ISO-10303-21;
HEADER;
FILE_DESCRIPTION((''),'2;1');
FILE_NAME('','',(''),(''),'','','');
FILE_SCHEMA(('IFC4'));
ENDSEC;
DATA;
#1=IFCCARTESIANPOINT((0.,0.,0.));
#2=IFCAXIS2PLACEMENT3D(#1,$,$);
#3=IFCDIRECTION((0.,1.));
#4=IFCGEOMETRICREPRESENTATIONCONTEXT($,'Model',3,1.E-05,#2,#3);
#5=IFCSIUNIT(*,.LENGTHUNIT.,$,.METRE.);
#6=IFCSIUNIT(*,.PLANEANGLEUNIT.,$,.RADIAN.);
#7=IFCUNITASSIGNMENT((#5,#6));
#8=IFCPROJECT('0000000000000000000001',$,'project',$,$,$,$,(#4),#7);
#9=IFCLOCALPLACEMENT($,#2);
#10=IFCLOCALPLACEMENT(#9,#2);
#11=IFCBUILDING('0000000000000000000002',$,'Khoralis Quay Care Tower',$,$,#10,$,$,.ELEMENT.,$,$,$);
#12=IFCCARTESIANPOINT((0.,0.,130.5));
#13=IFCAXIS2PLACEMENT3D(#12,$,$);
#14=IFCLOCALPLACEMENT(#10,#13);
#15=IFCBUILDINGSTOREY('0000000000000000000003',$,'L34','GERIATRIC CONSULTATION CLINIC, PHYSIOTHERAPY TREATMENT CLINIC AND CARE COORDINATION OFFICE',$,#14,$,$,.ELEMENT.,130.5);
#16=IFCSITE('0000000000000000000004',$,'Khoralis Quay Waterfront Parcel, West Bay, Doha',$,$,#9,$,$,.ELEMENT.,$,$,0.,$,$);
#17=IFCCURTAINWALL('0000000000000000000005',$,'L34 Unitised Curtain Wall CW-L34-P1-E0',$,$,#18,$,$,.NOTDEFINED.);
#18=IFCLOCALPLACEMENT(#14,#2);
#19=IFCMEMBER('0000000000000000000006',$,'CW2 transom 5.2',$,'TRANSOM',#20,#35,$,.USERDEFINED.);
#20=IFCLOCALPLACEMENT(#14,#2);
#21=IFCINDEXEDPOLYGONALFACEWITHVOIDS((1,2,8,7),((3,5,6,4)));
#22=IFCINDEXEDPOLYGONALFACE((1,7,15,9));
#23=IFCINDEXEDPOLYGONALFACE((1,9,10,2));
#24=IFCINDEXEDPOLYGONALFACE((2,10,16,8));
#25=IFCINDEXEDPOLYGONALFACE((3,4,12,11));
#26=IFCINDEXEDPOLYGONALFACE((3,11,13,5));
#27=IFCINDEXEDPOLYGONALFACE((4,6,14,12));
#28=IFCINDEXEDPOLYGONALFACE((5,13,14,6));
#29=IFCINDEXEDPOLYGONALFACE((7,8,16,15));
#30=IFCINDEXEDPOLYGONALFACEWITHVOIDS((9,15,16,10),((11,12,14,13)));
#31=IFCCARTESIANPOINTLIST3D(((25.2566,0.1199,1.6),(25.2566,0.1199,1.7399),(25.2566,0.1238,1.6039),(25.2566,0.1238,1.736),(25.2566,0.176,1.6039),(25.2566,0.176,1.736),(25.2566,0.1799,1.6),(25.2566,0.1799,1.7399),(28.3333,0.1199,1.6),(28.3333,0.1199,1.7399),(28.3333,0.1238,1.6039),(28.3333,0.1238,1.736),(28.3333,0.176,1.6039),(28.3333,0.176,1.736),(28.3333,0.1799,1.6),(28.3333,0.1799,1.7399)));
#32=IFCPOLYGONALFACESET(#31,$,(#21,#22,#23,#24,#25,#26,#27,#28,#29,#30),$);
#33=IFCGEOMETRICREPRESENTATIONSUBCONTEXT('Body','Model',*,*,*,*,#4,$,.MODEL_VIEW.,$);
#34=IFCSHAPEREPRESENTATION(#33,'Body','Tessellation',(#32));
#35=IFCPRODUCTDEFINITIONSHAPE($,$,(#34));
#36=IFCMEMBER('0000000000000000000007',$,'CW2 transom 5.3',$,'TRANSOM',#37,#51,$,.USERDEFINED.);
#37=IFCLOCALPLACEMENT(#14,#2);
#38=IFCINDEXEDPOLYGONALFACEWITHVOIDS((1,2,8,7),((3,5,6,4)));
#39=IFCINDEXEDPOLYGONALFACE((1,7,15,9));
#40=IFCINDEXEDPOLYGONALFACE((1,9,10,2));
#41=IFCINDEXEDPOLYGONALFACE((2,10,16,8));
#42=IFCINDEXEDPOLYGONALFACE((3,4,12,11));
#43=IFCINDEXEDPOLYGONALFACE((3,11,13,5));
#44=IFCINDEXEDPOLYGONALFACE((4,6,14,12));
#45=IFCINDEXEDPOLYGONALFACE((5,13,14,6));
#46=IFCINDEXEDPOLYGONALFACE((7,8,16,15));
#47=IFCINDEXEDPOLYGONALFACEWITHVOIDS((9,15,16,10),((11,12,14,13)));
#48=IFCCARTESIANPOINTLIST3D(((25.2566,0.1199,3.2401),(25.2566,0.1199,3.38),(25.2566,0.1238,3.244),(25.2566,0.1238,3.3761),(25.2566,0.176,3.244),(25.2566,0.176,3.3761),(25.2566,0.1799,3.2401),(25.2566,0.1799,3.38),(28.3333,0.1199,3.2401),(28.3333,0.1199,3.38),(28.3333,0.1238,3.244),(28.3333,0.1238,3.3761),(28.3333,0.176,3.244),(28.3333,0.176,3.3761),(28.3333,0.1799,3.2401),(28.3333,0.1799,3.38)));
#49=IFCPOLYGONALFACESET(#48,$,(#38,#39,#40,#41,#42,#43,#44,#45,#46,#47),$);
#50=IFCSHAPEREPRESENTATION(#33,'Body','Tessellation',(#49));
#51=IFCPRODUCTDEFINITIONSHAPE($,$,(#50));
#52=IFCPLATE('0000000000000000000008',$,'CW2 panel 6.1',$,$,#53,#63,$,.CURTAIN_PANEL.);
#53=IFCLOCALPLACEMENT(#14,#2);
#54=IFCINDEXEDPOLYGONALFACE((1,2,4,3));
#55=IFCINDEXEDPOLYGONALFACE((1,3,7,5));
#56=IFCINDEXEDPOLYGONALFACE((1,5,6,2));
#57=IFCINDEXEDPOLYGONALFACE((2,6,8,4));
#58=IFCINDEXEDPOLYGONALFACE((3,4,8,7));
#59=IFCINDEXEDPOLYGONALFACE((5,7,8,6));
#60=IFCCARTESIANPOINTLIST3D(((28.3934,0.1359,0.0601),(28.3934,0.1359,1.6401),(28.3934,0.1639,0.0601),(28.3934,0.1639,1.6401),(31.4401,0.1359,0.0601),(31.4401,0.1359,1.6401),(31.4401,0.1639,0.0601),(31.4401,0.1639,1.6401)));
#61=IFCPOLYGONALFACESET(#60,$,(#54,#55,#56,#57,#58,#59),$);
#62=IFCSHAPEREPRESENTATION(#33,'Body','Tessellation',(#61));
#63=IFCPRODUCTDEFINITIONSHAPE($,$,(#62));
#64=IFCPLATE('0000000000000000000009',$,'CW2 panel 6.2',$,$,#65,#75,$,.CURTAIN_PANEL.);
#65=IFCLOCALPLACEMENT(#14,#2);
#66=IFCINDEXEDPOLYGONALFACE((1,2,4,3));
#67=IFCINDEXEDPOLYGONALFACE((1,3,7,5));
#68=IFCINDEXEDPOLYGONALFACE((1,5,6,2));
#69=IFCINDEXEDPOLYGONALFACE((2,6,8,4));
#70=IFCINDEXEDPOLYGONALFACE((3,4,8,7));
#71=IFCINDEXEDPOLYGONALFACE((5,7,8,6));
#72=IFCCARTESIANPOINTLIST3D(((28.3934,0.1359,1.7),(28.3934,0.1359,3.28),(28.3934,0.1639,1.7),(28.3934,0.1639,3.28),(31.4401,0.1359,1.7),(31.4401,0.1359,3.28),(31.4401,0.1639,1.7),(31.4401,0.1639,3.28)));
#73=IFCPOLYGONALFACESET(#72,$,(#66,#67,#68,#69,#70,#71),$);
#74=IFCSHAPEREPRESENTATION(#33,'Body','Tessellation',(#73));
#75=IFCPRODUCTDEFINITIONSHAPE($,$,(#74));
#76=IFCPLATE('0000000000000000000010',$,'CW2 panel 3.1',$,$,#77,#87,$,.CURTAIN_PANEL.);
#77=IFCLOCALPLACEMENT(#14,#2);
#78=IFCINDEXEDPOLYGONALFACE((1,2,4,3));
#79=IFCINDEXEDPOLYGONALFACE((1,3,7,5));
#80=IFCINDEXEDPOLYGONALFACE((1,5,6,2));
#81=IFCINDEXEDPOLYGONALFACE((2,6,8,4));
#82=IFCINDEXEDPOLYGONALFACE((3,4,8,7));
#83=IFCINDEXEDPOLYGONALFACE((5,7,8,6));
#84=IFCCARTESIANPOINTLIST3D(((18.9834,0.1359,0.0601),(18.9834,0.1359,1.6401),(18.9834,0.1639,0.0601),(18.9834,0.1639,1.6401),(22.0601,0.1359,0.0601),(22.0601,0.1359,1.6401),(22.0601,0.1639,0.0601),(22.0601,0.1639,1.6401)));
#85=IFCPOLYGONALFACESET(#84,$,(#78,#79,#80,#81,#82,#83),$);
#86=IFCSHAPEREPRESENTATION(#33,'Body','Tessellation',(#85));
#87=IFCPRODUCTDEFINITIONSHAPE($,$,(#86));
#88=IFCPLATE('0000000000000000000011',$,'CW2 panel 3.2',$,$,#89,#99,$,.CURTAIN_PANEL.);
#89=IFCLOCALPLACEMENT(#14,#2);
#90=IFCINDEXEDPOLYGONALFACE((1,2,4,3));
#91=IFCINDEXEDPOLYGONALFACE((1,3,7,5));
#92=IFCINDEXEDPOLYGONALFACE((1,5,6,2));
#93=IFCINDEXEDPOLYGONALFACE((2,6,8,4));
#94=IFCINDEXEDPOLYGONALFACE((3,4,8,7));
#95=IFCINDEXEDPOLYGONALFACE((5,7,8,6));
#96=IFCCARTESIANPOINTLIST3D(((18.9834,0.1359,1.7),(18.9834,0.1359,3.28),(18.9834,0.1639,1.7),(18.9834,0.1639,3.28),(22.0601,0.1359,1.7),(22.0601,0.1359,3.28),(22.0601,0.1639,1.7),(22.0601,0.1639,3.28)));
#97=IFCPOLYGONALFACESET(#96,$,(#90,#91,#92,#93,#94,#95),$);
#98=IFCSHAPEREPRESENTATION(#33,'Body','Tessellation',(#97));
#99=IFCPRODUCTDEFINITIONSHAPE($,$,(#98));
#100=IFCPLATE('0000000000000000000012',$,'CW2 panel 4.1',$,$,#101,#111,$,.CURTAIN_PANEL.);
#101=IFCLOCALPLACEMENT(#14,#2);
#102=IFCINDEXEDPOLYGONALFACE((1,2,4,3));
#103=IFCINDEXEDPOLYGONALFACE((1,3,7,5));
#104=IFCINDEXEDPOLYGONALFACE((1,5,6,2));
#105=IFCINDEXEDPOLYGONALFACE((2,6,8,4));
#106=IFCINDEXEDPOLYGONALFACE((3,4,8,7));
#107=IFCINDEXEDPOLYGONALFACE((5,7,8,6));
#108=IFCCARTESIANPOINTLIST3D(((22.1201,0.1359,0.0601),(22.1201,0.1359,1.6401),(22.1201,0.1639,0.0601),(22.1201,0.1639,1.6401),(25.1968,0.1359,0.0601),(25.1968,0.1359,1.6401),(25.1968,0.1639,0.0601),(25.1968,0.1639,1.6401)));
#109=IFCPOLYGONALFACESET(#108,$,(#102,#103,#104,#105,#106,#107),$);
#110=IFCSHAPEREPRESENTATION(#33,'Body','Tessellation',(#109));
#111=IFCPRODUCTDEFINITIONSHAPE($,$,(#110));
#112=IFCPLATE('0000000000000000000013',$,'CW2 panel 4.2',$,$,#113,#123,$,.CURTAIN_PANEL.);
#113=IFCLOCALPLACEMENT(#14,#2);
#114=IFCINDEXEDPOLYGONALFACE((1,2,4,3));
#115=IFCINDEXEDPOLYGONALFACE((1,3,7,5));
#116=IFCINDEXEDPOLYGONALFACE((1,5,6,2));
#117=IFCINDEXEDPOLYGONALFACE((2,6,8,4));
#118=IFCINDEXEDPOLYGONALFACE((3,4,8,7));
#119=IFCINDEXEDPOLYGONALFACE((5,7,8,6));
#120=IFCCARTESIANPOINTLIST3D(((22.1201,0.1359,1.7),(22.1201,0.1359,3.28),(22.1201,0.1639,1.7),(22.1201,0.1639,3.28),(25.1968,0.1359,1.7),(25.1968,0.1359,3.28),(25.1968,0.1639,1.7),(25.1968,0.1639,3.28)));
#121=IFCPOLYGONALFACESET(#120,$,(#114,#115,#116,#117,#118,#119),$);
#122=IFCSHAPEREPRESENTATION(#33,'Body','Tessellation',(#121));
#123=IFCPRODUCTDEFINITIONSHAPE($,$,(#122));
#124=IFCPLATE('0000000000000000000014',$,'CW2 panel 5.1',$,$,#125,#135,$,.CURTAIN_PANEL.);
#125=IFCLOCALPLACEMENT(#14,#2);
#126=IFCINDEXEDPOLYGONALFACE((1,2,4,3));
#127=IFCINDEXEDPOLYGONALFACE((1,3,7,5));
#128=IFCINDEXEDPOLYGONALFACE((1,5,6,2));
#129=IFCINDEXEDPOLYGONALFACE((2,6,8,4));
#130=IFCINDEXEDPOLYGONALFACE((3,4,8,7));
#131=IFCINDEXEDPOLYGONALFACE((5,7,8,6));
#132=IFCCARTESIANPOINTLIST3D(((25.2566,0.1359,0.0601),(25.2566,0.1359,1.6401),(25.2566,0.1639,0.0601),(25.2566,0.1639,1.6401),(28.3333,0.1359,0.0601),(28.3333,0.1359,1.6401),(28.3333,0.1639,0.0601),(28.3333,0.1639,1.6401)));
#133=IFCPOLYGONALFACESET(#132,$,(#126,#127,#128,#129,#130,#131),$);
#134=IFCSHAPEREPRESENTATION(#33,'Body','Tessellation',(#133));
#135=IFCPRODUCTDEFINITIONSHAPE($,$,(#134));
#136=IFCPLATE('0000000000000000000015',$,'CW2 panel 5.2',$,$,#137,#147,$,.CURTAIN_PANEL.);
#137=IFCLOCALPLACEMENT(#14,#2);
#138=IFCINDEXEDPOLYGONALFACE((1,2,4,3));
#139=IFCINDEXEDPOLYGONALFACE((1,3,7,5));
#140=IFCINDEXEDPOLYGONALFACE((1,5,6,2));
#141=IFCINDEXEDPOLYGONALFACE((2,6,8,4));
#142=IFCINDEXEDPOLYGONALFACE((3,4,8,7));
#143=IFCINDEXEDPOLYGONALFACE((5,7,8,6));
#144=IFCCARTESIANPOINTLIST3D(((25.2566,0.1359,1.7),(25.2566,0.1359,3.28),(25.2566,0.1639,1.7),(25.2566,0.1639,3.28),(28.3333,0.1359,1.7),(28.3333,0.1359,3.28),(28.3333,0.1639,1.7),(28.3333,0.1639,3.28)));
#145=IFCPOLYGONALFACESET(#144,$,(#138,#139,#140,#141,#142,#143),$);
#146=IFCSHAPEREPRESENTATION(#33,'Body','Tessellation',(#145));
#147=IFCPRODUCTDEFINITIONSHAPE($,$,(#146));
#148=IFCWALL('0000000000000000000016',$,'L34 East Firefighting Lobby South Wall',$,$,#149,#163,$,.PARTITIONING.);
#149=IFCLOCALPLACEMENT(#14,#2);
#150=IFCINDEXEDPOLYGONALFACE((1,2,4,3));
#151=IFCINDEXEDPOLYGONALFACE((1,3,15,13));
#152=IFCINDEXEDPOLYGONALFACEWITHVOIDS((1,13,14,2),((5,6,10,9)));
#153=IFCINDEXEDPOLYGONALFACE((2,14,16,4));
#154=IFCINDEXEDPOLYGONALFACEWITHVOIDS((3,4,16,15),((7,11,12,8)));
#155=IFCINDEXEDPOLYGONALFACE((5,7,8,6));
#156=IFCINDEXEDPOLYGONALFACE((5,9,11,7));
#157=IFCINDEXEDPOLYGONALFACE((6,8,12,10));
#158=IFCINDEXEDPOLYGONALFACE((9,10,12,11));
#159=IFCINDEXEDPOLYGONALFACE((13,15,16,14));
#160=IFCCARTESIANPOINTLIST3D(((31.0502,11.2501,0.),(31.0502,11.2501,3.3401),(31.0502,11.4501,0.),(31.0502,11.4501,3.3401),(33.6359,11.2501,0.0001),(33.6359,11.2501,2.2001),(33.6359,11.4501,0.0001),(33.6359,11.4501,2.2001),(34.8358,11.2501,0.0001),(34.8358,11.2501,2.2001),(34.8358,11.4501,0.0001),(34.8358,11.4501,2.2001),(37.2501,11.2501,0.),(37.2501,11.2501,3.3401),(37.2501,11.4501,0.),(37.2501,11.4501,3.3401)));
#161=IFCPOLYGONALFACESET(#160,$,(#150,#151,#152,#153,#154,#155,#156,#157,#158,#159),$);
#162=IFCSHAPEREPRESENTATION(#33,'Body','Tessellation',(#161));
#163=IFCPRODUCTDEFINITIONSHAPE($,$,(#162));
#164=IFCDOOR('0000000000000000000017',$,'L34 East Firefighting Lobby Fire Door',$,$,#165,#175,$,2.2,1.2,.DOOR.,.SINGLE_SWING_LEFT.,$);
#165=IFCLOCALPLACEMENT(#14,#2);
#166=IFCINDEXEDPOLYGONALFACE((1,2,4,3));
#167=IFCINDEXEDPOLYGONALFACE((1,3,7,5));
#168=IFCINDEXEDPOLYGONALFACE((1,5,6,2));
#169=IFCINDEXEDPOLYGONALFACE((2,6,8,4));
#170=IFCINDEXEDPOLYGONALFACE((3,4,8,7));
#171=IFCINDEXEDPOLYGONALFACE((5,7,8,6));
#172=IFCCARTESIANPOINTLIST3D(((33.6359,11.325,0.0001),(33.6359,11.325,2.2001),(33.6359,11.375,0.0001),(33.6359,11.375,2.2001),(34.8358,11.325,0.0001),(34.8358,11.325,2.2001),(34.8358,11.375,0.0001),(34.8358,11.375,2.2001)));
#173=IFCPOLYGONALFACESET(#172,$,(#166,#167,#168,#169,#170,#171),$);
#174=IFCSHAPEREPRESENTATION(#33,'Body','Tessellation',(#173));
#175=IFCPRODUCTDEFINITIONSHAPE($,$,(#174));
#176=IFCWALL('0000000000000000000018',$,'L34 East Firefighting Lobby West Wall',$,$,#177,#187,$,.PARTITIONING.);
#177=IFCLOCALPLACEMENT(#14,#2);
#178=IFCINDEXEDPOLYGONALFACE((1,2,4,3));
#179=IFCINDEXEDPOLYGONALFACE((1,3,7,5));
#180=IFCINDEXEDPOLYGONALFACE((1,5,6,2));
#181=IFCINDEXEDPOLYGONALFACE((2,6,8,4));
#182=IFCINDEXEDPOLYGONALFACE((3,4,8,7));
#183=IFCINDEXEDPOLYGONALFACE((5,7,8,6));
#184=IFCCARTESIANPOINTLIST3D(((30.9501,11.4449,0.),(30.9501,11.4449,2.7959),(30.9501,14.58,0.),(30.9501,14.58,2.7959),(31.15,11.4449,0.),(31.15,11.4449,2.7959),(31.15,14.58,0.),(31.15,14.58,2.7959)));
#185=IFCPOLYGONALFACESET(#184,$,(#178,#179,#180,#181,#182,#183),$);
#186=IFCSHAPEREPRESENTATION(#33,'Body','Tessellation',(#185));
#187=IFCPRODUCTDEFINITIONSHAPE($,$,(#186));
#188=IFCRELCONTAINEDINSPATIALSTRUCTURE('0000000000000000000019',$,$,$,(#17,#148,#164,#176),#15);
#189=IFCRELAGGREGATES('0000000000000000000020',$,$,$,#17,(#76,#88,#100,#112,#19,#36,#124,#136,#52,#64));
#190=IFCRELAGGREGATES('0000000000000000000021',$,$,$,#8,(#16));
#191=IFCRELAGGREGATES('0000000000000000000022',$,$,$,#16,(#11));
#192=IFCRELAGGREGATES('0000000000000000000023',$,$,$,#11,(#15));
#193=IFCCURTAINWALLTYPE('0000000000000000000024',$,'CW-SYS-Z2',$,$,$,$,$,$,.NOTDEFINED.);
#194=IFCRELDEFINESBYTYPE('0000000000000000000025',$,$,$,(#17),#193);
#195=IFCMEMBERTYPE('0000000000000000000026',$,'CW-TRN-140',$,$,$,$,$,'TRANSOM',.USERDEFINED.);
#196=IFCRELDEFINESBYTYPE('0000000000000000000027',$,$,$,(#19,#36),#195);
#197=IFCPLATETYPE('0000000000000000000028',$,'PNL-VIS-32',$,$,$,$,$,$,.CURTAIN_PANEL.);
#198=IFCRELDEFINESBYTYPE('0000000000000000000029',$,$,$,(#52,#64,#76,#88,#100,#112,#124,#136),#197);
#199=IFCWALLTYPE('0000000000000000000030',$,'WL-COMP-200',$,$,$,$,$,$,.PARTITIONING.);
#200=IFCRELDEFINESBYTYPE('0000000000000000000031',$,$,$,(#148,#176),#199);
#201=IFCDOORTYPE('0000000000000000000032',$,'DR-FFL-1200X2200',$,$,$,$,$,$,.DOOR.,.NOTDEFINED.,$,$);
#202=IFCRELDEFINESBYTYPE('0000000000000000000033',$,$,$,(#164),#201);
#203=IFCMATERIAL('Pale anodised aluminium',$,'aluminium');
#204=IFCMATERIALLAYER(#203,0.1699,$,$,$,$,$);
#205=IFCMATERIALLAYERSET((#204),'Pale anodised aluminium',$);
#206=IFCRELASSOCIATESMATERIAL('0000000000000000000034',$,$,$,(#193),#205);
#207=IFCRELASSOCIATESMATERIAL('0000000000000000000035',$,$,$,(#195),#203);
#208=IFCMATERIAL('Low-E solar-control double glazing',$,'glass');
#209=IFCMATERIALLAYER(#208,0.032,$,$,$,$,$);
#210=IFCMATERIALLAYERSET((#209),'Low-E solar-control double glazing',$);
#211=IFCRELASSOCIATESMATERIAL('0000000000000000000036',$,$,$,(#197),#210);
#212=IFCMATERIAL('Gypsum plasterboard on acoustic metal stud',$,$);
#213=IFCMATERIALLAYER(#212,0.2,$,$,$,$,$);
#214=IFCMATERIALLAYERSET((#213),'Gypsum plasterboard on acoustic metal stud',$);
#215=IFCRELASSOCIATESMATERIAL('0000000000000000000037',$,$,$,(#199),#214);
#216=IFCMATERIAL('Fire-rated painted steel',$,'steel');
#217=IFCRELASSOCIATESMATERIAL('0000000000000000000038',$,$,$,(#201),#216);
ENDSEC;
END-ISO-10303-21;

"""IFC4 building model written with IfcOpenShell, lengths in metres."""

from ifc_helpers import new_model, si_unit, direction, frame, frame_2d, origin, origin_2d, place, context, subcontext, project, spatial, rectangle, hollow_rectangle, extrude, source, transform, mapped, material, layer, layer_set, material_profile, profile_set, type_object, element, fill, aggregate, save


model = new_model("IFC4")

# Units and contexts
model_context = context("Model", 3, precision=1e-05, world=origin(), true_north=direction((0.0, 1.0)))
body_context = subcontext(model_context, "Body", "Model", "MODEL_VIEW")
ifc_project = project(units=[si_unit("LENGTHUNIT", "METRE"), si_unit("PLANEANGLEUNIT", "RADIAN")], contexts=[model_context])

# Site, building, storey
site_placement = place(None, origin())
site = spatial("IfcSite", under=ifc_project, at=site_placement, Name="Khoralis Quay Waterfront Parcel, West Bay, Doha", CompositionType="ELEMENT", RefElevation=0.0)
building_placement = place(site_placement, origin())
building = spatial("IfcBuilding", under=site, at=building_placement, Name="Khoralis Quay Care Tower", CompositionType="ELEMENT")
storey_placement = place(building_placement, frame((0.0, 0.0, 130.5)))
storey = spatial("IfcBuildingStorey", under=building, at=storey_placement, Name="L34", Description="GERIATRIC CONSULTATION CLINIC, PHYSIOTHERAPY TREATMENT CLINIC AND CARE COORDINATION OFFICE", CompositionType="ELEMENT", Elevation=130.5)

# Curtain wall, members, plates
ifc_material_1 = material(Name="Pale anodised aluminium", Category="aluminium")
ifc_layer_1 = layer(ifc_material_1, 0.1699)
ifc_layer_set_1 = layer_set([ifc_layer_1], Name="Pale anodised aluminium")
curtain_wall_type = type_object("IfcCurtainWallType", Name="CW-SYS-Z2", PredefinedType="NOTDEFINED", material=ifc_layer_set_1)
curtain_wall_placement = place(storey_placement, origin())
curtain_wall = element("IfcCurtainWall", 1, at=curtain_wall_placement, inside=storey, type_object=curtain_wall_type, Name="L34 Unitised Curtain Wall CW-L34-P1-E0", PredefinedType="NOTDEFINED")
ifc_material_profile_1 = material_profile(ifc_material_1, hollow_rectangle(XDim=0.0601, YDim=0.1399, WallThickness=0.0039, at=origin_2d()), Name="Pale anodised aluminium")
ifc_profile_set_1 = profile_set([ifc_material_profile_1], Name="Pale anodised aluminium")
member_type_1 = type_object("IfcMemberType", Name="CW-TRN-140", ElementType="TRANSOM", PredefinedType="USERDEFINED", material=ifc_profile_set_1)
shared_shape_1 = source(origin(), body_context, "Body", "SweptSolid", [
    extrude(hollow_rectangle(XDim=0.0601, YDim=0.1399, WallThickness=0.0039, at=origin_2d()), origin(), (0.0, 0.0, 1.0), 3.0767),
])
member_1_placement = place(storey_placement, frame((25.2566, 0.1499, 1.6699), z_axis=(1.0, 0.0, 0.0), x_axis=(0.0, 1.0, 0.0)))
member_1 = element("IfcMember", 2, at=member_1_placement, type_object=member_type_1, Name="CW2 transom 5.2", ObjectType="TRANSOM", PredefinedType="USERDEFINED", context=body_context, shape_type="MappedRepresentation", body=[
    mapped(shared_shape_1, transform((0.0, 0.0, 0.0), scale=1.0)),
])
member_2_placement = place(storey_placement, frame((25.2566, 0.1499, 3.3101), z_axis=(1.0, 0.0, 0.0), x_axis=(0.0, 1.0, 0.0)))
member_2 = element("IfcMember", 3, at=member_2_placement, type_object=member_type_1, Name="CW2 transom 5.3", ObjectType="TRANSOM", PredefinedType="USERDEFINED", context=body_context, shape_type="MappedRepresentation", body=[
    mapped(shared_shape_1, transform((0.0, 0.0, 0.0), scale=1.0)),
])
ifc_material_2 = material(Name="Low-E solar-control double glazing", Category="glass")
ifc_layer_2 = layer(ifc_material_2, 0.032)
ifc_layer_set_2 = layer_set([ifc_layer_2], Name="Low-E solar-control double glazing")
plate_type = type_object("IfcPlateType", Name="PNL-VIS-32", PredefinedType="CURTAIN_PANEL", material=ifc_layer_set_2)
shared_shape_2 = source(origin(), body_context, "Body", "SweptSolid", [
    extrude(rectangle(XDim=3.0466, YDim=0.0281, at=origin_2d()), origin(), (0.0, 0.0, 1.0), 1.5801),
])
plate_1_placement = place(storey_placement, frame((29.9167, 0.1499, 0.0601), z_axis=(0.0, 0.0, 1.0), x_axis=(1.0, 0.0, 0.0)))
plate_1 = element("IfcPlate", 4, at=plate_1_placement, type_object=plate_type, Name="CW2 panel 6.1", PredefinedType="CURTAIN_PANEL", context=body_context, shape_type="MappedRepresentation", body=[
    mapped(shared_shape_2, transform((0.0, 0.0, 0.0), scale=1.0)),
])
plate_2_placement = place(storey_placement, frame((29.9167, 0.1499, 1.7), z_axis=(0.0, 0.0, 1.0), x_axis=(1.0, 0.0, 0.0)))
plate_2 = element("IfcPlate", 5, at=plate_2_placement, type_object=plate_type, Name="CW2 panel 6.2", PredefinedType="CURTAIN_PANEL", context=body_context, shape_type="MappedRepresentation", body=[
    mapped(shared_shape_2, transform((0.0, 0.0, 0.0), scale=1.0)),
])
shared_shape_3 = source(origin(), body_context, "Body", "SweptSolid", [
    extrude(rectangle(XDim=3.0767, YDim=0.0281, at=origin_2d()), origin(), (0.0, 0.0, 1.0), 1.5801),
])
plate_3_placement = place(storey_placement, frame((20.5217, 0.1499, 0.0601), z_axis=(0.0, 0.0, 1.0), x_axis=(1.0, 0.0, 0.0)))
plate_3 = element("IfcPlate", 6, at=plate_3_placement, type_object=plate_type, Name="CW2 panel 3.1", PredefinedType="CURTAIN_PANEL", context=body_context, shape_type="MappedRepresentation", body=[
    mapped(shared_shape_3, transform((0.0, 0.0, 0.0), scale=1.0)),
])
plate_4_placement = place(storey_placement, frame((20.5217, 0.1499, 1.7), z_axis=(0.0, 0.0, 1.0), x_axis=(1.0, 0.0, 0.0)))
plate_4 = element("IfcPlate", 7, at=plate_4_placement, type_object=plate_type, Name="CW2 panel 3.2", PredefinedType="CURTAIN_PANEL", context=body_context, shape_type="MappedRepresentation", body=[
    mapped(shared_shape_3, transform((0.0, 0.0, 0.0), scale=1.0)),
])
plate_5_placement = place(storey_placement, frame((23.6584, 0.1499, 0.0601), z_axis=(0.0, 0.0, 1.0), x_axis=(1.0, 0.0, 0.0)))
plate_5 = element("IfcPlate", 8, at=plate_5_placement, type_object=plate_type, Name="CW2 panel 4.1", PredefinedType="CURTAIN_PANEL", context=body_context, shape_type="MappedRepresentation", body=[
    mapped(shared_shape_3, transform((0.0, 0.0, 0.0), scale=1.0)),
])
plate_6_placement = place(storey_placement, frame((23.6584, 0.1499, 1.7), z_axis=(0.0, 0.0, 1.0), x_axis=(1.0, 0.0, 0.0)))
plate_6 = element("IfcPlate", 9, at=plate_6_placement, type_object=plate_type, Name="CW2 panel 4.2", PredefinedType="CURTAIN_PANEL", context=body_context, shape_type="MappedRepresentation", body=[
    mapped(shared_shape_3, transform((0.0, 0.0, 0.0), scale=1.0)),
])
plate_7_placement = place(storey_placement, frame((26.7949, 0.1499, 0.0601), z_axis=(0.0, 0.0, 1.0), x_axis=(1.0, 0.0, 0.0)))
plate_7 = element("IfcPlate", 10, at=plate_7_placement, type_object=plate_type, Name="CW2 panel 5.1", PredefinedType="CURTAIN_PANEL", context=body_context, shape_type="MappedRepresentation", body=[
    mapped(shared_shape_3, transform((0.0, 0.0, 0.0), scale=1.0)),
])
plate_8_placement = place(storey_placement, frame((26.7949, 0.1499, 1.7), z_axis=(0.0, 0.0, 1.0), x_axis=(1.0, 0.0, 0.0)))
plate_8 = element("IfcPlate", 11, at=plate_8_placement, type_object=plate_type, Name="CW2 panel 5.2", PredefinedType="CURTAIN_PANEL", context=body_context, shape_type="MappedRepresentation", body=[
    mapped(shared_shape_3, transform((0.0, 0.0, 0.0), scale=1.0)),
])
aggregate(curtain_wall, [plate_3, plate_4, plate_5, plate_6, member_1, member_2, plate_7, plate_8, plate_1, plate_2])

# Wall, opening, door
ifc_material_3 = material(Name="Gypsum plasterboard on acoustic metal stud")
ifc_layer_3 = layer(ifc_material_3, 0.2)
ifc_layer_set_3 = layer_set([ifc_layer_3], Name="Gypsum plasterboard on acoustic metal stud")
wall_type_1 = type_object("IfcWallType", Name="WL-COMP-200", PredefinedType="PARTITIONING", material=ifc_layer_set_3)
wall_1_placement = place(storey_placement, frame((31.05, 11.3501, 0.0), z_axis=(0.0, 0.0, 1.0), x_axis=(1.0, 0.0, 0.0)))
wall_1 = element("IfcWall", 12, at=wall_1_placement, inside=storey, type_object=wall_type_1, Name="L34 East Firefighting Lobby South Wall", PredefinedType="PARTITIONING", context=body_context, shape_type="SweptSolid", body=[
    extrude(rectangle(XDim=6.2, YDim=0.2, at=frame_2d((3.1001, 0.0))), origin(), (0.0, 0.0, 1.0), 3.3401),
])
opening_placement = place(wall_1_placement, frame((2.5857, 0.0, 0.0)))
opening = element("IfcOpeningElement", 13, at=opening_placement, cuts=wall_1, PredefinedType="OPENING", context=body_context, shape_type="SweptSolid", body=[
    extrude(rectangle(XDim=1.2, YDim=2.2, at=frame_2d((0.6001, 1.1001))), frame((0.0, 0.1099, 0.0), z_axis=(0.0, -1.0, 0.0), x_axis=(1.0, 0.0, 0.0)), (0.0, 0.0, 1.0), 0.22),
])
ifc_material_4 = material(Name="Fire-rated painted steel", Category="steel")
door_type = type_object("IfcDoorType", Name="DR-FFL-1200X2200", OperationType="NOTDEFINED", PredefinedType="DOOR", material=ifc_material_4)
shared_shape_4 = source(origin(), body_context, "Body", "SweptSolid", [
    extrude(rectangle(XDim=1.2, YDim=2.2, at=frame_2d((0.6001, 1.1001))), frame((0.0, 0.0249, 0.0), z_axis=(0.0, -1.0, 0.0), x_axis=(1.0, 0.0, 0.0)), (0.0, 0.0, 1.0), 0.05),
])
door_placement = place(opening_placement, origin())
door = element("IfcDoor", 14, at=door_placement, inside=storey, type_object=door_type, Name="L34 East Firefighting Lobby Fire Door", OperationType="SINGLE_SWING_LEFT", OverallHeight=2.2, OverallWidth=1.2, PredefinedType="DOOR", context=body_context, shape_type="MappedRepresentation", body=[
    mapped(shared_shape_4, transform((0.0, 0.0, 0.0), scale=1.0)),
])
fill(opening, door)

# Wall
wall_2_placement = place(storey_placement, frame((31.05, 11.4451, 0.0), z_axis=(0.0, 0.0, 1.0), x_axis=(0.0, 1.0, 0.0)))
element("IfcWall", 15, at=wall_2_placement, inside=storey, type_object=wall_type_1, Name="L34 East Firefighting Lobby West Wall", PredefinedType="PARTITIONING", context=body_context, shape_type="SweptSolid", body=[
    extrude(rectangle(XDim=3.135, YDim=0.2, at=frame_2d((1.5674, 0.0))), origin(), (0.0, 0.0, 1.0), 2.7959),
])

save(model, "model.ifc")
